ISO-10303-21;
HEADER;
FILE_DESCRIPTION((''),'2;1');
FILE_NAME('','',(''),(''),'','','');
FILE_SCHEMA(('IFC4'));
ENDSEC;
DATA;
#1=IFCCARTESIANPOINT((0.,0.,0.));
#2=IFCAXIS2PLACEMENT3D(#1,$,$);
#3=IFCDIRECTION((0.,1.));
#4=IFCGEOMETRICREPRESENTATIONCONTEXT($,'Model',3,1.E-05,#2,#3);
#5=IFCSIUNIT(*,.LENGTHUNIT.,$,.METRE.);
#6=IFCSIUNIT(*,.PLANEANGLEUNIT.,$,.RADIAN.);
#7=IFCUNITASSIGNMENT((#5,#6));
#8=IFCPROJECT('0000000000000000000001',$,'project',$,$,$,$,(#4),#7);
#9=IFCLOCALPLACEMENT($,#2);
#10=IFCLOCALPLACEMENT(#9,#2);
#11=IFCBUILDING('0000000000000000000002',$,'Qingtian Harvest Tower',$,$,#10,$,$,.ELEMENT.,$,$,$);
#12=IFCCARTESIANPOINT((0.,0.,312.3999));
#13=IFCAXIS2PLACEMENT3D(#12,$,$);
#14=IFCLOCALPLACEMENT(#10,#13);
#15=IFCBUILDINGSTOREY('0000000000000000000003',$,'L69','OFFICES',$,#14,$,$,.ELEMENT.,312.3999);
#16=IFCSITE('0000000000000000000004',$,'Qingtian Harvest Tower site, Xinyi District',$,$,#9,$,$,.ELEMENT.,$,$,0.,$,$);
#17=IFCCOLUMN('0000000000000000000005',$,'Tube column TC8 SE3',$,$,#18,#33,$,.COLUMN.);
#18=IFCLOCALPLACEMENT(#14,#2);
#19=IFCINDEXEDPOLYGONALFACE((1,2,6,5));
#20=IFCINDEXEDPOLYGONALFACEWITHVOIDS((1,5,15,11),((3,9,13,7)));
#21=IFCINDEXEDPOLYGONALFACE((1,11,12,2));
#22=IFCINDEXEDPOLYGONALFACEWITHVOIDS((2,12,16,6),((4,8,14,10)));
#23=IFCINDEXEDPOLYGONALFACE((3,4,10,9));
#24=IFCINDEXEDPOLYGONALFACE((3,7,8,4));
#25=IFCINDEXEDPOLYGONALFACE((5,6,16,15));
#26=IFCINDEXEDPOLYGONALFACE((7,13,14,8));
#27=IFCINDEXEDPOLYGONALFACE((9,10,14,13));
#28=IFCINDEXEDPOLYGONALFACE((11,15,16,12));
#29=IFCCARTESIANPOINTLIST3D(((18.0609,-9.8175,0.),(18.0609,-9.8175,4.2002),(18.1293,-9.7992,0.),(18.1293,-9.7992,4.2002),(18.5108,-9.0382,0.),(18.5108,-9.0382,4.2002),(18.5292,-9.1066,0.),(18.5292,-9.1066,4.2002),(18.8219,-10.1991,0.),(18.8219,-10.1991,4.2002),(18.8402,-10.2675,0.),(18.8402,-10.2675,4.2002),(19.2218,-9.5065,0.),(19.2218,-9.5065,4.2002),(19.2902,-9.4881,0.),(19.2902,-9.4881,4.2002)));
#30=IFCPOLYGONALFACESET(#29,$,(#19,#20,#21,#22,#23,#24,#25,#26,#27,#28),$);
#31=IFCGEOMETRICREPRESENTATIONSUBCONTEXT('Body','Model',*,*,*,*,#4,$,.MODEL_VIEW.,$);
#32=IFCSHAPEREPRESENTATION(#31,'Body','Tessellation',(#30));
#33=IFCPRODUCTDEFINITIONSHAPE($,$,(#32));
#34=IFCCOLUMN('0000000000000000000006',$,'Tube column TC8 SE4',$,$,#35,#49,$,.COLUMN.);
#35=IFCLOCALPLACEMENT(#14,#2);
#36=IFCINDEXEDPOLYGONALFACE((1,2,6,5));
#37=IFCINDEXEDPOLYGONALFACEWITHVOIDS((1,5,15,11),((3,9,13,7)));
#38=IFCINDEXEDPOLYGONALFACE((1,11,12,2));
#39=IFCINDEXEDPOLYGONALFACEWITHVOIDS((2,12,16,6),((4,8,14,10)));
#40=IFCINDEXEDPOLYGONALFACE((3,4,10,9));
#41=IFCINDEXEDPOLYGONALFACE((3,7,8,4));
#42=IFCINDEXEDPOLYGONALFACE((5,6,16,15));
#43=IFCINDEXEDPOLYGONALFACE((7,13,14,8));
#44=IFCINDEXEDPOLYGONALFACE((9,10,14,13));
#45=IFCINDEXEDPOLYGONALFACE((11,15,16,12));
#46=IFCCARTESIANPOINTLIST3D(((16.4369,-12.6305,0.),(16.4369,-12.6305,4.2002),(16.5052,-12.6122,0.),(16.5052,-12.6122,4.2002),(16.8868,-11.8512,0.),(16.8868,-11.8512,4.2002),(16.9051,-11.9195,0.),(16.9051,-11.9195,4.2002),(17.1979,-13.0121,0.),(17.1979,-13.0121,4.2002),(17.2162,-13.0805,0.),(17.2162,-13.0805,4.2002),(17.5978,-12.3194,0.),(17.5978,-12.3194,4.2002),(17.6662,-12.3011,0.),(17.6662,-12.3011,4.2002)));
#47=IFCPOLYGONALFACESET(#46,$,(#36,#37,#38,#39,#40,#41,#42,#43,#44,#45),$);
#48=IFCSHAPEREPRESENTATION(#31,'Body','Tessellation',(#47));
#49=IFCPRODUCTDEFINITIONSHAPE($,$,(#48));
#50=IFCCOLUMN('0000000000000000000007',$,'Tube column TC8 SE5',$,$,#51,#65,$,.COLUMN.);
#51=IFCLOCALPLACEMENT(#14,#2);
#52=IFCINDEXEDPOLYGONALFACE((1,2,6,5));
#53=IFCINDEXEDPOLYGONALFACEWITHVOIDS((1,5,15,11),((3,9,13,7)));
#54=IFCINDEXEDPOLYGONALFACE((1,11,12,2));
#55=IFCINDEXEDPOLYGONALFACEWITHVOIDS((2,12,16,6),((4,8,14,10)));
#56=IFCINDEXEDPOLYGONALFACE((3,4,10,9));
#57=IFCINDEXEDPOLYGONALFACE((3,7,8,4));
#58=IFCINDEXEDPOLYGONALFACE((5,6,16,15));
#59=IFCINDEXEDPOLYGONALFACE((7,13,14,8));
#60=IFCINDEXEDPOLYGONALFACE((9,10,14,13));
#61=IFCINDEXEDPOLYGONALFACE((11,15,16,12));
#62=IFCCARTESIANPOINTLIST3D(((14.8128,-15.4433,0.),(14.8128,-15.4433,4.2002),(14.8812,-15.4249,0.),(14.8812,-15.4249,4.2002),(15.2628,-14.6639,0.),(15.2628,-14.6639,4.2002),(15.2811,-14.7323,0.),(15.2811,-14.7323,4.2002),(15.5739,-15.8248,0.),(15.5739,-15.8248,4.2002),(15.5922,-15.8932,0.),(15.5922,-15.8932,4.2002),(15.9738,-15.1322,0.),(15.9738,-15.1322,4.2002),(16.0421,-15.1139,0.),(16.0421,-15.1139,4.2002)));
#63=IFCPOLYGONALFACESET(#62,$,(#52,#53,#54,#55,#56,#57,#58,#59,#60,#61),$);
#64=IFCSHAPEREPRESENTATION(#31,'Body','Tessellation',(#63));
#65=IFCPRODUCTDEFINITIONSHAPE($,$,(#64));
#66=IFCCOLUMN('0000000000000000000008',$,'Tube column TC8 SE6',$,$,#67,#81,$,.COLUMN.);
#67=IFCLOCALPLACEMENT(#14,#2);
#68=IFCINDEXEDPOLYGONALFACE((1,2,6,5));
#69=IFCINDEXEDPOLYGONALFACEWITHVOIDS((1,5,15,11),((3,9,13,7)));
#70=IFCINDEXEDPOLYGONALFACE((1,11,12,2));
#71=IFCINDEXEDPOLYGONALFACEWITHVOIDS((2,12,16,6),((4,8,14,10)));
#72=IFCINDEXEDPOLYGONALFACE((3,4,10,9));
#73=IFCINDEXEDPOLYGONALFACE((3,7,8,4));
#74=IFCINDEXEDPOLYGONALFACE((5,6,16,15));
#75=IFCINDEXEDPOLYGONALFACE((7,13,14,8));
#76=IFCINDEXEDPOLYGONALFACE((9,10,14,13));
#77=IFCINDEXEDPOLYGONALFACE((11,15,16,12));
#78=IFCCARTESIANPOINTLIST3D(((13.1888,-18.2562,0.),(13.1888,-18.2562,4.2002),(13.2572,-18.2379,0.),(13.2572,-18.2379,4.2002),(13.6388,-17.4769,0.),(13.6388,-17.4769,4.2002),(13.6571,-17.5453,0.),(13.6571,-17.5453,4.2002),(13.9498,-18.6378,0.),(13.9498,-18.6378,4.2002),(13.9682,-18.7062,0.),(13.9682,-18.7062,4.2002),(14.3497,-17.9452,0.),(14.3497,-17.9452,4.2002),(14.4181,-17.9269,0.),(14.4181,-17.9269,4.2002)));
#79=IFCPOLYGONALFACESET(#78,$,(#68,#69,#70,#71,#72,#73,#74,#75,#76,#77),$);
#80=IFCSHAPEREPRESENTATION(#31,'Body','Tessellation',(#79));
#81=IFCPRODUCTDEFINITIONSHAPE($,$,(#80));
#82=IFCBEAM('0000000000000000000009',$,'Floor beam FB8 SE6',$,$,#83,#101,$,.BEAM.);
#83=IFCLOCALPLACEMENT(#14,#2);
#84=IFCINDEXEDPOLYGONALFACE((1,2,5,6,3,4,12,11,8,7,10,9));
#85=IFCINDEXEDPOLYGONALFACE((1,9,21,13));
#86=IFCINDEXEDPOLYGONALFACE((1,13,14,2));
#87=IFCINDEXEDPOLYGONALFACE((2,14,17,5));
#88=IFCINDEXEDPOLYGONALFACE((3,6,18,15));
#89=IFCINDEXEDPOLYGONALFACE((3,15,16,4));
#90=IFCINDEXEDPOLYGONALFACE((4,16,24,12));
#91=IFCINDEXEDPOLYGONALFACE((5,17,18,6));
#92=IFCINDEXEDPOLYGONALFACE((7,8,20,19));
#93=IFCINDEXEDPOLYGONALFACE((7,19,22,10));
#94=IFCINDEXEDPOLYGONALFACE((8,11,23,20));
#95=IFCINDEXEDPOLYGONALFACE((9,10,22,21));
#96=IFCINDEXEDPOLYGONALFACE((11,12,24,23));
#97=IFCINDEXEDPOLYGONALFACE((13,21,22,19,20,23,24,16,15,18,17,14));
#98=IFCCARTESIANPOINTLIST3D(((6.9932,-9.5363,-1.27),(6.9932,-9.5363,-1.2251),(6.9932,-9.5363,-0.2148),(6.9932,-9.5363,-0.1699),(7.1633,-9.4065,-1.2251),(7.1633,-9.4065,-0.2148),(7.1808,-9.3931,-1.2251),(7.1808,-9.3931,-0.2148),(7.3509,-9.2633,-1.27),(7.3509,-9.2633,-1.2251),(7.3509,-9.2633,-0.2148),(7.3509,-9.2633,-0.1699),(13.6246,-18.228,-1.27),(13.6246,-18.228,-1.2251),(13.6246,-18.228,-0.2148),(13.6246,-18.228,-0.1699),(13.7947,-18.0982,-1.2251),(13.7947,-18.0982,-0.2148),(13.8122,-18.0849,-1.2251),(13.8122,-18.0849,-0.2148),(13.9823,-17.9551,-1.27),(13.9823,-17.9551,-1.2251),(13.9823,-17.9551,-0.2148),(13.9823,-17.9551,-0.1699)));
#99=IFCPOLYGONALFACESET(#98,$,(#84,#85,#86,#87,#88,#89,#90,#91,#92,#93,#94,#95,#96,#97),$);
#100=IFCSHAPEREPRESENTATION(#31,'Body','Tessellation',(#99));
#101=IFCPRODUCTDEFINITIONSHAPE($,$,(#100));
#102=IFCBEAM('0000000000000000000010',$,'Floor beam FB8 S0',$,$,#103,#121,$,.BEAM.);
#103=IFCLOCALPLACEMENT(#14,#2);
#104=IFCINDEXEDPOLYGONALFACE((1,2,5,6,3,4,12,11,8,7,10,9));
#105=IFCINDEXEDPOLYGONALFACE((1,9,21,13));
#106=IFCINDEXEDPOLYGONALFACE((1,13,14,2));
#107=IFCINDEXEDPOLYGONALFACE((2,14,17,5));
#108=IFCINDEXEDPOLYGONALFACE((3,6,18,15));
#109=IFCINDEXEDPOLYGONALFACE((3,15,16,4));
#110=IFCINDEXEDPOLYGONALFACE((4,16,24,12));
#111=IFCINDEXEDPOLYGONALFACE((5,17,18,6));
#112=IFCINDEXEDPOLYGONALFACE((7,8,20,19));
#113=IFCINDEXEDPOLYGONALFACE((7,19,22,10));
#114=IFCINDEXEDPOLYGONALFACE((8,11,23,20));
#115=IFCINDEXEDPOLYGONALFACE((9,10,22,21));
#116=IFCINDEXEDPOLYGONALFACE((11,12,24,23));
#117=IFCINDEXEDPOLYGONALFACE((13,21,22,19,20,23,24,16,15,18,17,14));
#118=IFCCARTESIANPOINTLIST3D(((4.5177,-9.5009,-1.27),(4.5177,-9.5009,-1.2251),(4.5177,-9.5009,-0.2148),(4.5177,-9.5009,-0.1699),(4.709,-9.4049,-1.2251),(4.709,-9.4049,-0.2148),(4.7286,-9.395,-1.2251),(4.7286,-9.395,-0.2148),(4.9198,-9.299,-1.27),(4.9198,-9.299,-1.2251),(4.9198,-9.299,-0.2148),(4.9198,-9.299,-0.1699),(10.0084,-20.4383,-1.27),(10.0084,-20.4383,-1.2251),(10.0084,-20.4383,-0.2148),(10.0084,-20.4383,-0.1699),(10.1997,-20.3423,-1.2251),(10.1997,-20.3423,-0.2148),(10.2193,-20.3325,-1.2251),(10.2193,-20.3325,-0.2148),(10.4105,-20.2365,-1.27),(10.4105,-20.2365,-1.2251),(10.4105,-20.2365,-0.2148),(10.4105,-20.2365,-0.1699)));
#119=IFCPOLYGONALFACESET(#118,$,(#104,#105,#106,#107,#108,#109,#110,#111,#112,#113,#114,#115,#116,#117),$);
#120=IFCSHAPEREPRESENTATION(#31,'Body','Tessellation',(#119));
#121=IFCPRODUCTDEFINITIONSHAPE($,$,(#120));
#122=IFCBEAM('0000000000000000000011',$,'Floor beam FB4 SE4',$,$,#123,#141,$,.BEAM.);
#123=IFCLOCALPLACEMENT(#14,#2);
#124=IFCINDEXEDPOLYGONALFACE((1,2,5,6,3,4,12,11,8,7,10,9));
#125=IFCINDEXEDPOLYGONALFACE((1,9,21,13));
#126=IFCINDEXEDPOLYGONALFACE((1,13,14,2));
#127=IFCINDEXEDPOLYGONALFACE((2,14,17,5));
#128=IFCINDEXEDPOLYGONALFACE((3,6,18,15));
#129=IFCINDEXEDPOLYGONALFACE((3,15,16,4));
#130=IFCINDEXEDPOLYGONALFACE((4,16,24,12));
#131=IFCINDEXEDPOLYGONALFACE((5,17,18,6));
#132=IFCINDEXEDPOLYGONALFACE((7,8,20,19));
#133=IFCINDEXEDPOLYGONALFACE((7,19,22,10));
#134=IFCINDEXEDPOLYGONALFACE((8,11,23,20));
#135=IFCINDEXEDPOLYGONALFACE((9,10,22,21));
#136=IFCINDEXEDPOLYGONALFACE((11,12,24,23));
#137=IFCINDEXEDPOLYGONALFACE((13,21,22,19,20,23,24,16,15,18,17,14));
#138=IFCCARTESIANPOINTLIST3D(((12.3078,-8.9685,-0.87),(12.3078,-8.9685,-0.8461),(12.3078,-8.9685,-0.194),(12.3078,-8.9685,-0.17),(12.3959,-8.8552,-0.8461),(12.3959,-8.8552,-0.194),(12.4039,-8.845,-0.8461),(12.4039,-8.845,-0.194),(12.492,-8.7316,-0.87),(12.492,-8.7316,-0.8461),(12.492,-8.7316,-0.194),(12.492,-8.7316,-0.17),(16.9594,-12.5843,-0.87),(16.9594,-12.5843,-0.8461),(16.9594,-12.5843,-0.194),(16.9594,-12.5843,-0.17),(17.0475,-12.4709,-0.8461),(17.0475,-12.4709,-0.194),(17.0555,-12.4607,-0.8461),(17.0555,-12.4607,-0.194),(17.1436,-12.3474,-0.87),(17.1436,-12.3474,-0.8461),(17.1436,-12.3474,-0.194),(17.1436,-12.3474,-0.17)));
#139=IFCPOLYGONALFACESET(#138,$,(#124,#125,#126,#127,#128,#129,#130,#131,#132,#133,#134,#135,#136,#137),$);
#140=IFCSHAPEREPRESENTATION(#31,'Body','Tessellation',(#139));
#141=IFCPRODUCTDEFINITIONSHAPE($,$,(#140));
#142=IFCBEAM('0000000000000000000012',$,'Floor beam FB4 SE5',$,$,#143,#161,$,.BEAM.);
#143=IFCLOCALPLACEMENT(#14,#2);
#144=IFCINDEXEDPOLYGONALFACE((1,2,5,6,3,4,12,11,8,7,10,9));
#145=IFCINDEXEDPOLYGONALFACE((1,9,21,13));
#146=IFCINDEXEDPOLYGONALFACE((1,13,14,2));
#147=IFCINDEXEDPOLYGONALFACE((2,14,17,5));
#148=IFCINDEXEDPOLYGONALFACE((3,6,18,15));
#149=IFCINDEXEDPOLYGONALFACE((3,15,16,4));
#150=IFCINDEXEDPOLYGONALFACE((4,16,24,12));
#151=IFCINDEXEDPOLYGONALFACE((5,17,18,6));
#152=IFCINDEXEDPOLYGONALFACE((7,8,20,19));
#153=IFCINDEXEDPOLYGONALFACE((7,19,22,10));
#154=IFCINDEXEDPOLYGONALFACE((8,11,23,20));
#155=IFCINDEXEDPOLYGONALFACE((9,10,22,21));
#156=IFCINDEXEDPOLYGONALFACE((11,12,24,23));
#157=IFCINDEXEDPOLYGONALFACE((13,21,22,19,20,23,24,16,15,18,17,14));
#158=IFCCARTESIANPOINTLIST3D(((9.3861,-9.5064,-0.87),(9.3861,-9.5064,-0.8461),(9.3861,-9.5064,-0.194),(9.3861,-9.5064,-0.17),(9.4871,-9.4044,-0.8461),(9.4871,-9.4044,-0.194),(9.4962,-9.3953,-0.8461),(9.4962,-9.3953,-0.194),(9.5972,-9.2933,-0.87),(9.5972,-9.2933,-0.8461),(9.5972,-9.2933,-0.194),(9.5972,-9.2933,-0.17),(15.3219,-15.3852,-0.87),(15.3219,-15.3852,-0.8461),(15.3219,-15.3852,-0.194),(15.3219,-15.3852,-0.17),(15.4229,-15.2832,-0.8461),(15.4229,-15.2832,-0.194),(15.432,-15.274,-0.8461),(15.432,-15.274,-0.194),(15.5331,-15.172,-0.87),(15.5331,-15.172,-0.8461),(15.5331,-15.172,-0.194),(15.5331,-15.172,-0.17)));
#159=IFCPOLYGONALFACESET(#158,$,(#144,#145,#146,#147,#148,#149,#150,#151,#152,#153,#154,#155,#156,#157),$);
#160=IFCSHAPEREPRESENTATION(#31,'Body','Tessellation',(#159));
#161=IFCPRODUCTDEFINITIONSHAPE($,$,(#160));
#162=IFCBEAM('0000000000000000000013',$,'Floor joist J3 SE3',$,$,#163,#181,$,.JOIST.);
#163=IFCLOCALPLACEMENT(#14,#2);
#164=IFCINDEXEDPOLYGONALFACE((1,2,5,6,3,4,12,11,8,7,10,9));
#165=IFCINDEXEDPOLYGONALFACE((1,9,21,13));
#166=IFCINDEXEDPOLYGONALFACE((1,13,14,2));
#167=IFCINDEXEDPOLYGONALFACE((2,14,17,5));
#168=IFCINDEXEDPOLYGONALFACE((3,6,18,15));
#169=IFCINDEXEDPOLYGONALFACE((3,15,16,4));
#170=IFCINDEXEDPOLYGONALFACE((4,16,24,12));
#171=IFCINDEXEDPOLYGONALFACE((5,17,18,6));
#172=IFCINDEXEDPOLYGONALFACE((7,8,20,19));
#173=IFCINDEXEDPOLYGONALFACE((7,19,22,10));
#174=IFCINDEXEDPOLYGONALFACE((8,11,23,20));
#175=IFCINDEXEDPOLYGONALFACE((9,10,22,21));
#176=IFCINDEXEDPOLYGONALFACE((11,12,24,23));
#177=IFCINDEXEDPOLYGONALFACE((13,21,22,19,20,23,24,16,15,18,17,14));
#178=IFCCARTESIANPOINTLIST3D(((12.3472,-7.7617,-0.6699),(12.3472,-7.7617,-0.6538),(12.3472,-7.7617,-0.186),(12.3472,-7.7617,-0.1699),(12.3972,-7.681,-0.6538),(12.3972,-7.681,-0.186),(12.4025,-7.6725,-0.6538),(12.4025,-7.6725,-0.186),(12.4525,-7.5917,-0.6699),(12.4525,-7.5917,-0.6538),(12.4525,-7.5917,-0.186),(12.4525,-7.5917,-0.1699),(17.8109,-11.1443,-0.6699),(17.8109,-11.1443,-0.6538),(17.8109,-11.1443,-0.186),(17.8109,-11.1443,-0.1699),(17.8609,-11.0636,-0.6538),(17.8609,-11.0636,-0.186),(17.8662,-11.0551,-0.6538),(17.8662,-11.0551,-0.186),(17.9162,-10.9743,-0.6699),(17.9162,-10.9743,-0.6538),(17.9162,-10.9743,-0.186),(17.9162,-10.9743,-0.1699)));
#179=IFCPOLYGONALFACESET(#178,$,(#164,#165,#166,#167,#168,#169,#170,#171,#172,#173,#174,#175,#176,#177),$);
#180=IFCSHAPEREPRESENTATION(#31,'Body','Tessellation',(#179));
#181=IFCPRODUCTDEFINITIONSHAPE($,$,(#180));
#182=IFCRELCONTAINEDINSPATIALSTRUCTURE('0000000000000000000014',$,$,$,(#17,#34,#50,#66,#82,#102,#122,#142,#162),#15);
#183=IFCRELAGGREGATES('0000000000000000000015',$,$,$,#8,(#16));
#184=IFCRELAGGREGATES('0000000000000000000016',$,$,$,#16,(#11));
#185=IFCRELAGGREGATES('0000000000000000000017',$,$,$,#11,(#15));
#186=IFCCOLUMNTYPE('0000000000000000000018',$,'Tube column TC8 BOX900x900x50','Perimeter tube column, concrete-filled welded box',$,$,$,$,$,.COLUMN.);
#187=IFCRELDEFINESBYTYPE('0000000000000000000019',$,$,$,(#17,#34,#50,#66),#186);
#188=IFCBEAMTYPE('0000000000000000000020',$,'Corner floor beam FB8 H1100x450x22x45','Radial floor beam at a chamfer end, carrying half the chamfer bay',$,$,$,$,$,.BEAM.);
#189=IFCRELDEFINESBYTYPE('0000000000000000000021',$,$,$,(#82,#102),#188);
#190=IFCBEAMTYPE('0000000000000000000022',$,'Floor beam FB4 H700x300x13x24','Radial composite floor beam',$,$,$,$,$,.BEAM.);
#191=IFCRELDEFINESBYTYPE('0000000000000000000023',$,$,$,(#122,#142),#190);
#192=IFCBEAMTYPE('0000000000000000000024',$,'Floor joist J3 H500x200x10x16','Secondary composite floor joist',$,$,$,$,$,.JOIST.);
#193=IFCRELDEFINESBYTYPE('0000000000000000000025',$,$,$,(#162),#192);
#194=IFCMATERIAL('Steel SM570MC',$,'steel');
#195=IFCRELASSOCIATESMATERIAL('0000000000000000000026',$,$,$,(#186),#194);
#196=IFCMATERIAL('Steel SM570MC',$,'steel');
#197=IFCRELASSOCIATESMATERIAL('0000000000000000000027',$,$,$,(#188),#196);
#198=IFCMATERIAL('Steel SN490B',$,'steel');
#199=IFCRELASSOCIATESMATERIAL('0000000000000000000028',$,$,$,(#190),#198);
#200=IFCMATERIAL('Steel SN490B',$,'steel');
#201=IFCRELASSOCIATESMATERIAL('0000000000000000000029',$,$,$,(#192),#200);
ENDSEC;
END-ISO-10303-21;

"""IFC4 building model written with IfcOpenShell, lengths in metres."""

from ifc_helpers import new_model, si_unit, direction, frame, origin, origin_2d, place, context, subcontext, project, spatial, hollow_rectangle, i_section, extrude, material, material_profile, profile_set, type_object, element, save


model = new_model("IFC4")

# Units and contexts
model_context = context("Model", 3, precision=1e-05, world=origin(), true_north=direction((0.0, 1.0)))
body_context = subcontext(model_context, "Body", "Model", "MODEL_VIEW")
ifc_project = project(units=[si_unit("LENGTHUNIT", "METRE"), si_unit("PLANEANGLEUNIT", "RADIAN")], contexts=[model_context])

# Site, building, storey
site_placement = place(None, origin())
site = spatial("IfcSite", under=ifc_project, at=site_placement, Name="Qingtian Harvest Tower site, Xinyi District", CompositionType="ELEMENT", RefElevation=0.0)
building_placement = place(site_placement, origin())
building = spatial("IfcBuilding", under=site, at=building_placement, Name="Qingtian Harvest Tower", CompositionType="ELEMENT")
storey_placement = place(building_placement, frame((0.0, 0.0, 312.3999)))
storey = spatial("IfcBuildingStorey", under=building, at=storey_placement, Name="L69", Description="OFFICES", CompositionType="ELEMENT", Elevation=312.3999)

# Columns
ifc_material_1 = material(Name="Steel SM570MC", Category="steel")
ifc_material_profile_1 = material_profile(ifc_material_1, hollow_rectangle(XDim=0.8999, YDim=0.8999, WallThickness=0.05, at=origin_2d()), Name="BOX900x900x50")
ifc_profile_set_1 = profile_set([ifc_material_profile_1], Name="Steel SM570MC")
column_type = type_object("IfcColumnType", Name="Tube column TC8 BOX900x900x50", Description="Perimeter tube column, concrete-filled welded box", PredefinedType="COLUMN", material=ifc_profile_set_1)
for number, where, z_axis, x_axis, name in (
    (1, (18.6755, -9.6528, 0.0), (0.0, 0.0, 1.0), (0.5, 0.866025, 0.0), "Tube column TC8 SE3"),
    (2, (17.0515, -12.4658, 0.0), (0.0, 0.0, 1.0), (0.5, 0.866025, 0.0), "Tube column TC8 SE4"),
    (3, (15.4275, -15.2786, 0.0), (0.0, 0.0, 1.0), (0.5, 0.866025, 0.0), "Tube column TC8 SE5"),
    (4, (13.8035, -18.0916, 0.0), (0.0, 0.0, 1.0), (0.5, 0.866025, 0.0), "Tube column TC8 SE6"),
):
    element("IfcColumn", number, at=place(storey_placement, frame(where, z_axis=z_axis, x_axis=x_axis)), inside=storey, type_object=column_type, Name=name, PredefinedType="COLUMN", context=body_context, shape_type="SweptSolid", body=[
        extrude(hollow_rectangle(XDim=0.8999, YDim=0.8999, WallThickness=0.05, at=origin_2d()), origin(), (0.0, 0.0, 1.0), 4.2002),
    ])

# Beams
ifc_material_2 = material(Name="Steel SM570MC", Category="steel")
ifc_material_profile_2 = material_profile(ifc_material_2, i_section(OverallWidth=0.45, OverallDepth=1.1001, WebThickness=0.022, FlangeThickness=0.0449, at=origin_2d()), Name="H1100x450x22x45")
ifc_profile_set_2 = profile_set([ifc_material_profile_2], Name="Steel SM570MC")
beam_type_1 = type_object("IfcBeamType", Name="Corner floor beam FB8 H1100x450x22x45", Description="Radial floor beam at a chamfer end, carrying half the chamfer bay", PredefinedType="BEAM", material=ifc_profile_set_2)
beam_1_placement = place(storey_placement, frame((13.8035, -18.0916, -0.72), z_axis=(-0.606572, 0.795029, 0.0), x_axis=(-0.795029, -0.606572, 0.0)))
element("IfcBeam", 5, at=beam_1_placement, inside=storey, type_object=beam_type_1, Name="Floor beam FB8 SE6", PredefinedType="BEAM", context=body_context, shape_type="SweptSolid", body=[
    extrude(i_section(OverallWidth=0.45, OverallDepth=1.1001, WebThickness=0.022, FlangeThickness=0.0449, at=origin_2d()), origin(), (0.0, 0.0, 1.0), 10.9326),
])
beam_2_placement = place(storey_placement, frame((10.2095, -20.3374, -0.72), z_axis=(-0.448649, 0.893708, 0.0), x_axis=(-0.893708, -0.448649, 0.0)))
element("IfcBeam", 6, at=beam_2_placement, inside=storey, type_object=beam_type_1, Name="Floor beam FB8 S0", PredefinedType="BEAM", context=body_context, shape_type="SweptSolid", body=[
    extrude(i_section(OverallWidth=0.45, OverallDepth=1.1001, WebThickness=0.022, FlangeThickness=0.0449, at=origin_2d()), origin(), (0.0, 0.0, 1.0), 12.2383),
])
ifc_material_3 = material(Name="Steel SN490B", Category="steel")
ifc_material_profile_3 = material_profile(ifc_material_3, i_section(OverallWidth=0.3, OverallDepth=0.7, WebThickness=0.0129, FlangeThickness=0.0239, at=origin_2d()), Name="H700x300x13x24")
ifc_profile_set_3 = profile_set([ifc_material_profile_3], Name="Steel SN490B")
beam_type_2 = type_object("IfcBeamType", Name="Floor beam FB4 H700x300x13x24", Description="Radial composite floor beam", PredefinedType="BEAM", material=ifc_profile_set_3)
beam_3_placement = place(storey_placement, frame((17.0515, -12.4658, -0.52), z_axis=(-0.789533, 0.613708, 0.0), x_axis=(-0.613708, -0.789533, 0.0)))
element("IfcBeam", 7, at=beam_3_placement, inside=storey, type_object=beam_type_2, Name="Floor beam FB4 SE4", PredefinedType="BEAM", context=body_context, shape_type="SweptSolid", body=[
    extrude(i_section(OverallWidth=0.3, OverallDepth=0.7, WebThickness=0.0129, FlangeThickness=0.0239, at=origin_2d()), origin(), (0.0, 0.0, 1.0), 5.8916),
])
beam_4_placement = place(storey_placement, frame((15.4275, -15.2786, -0.52), z_axis=(-0.710518, 0.703679, 0.0), x_axis=(-0.703679, -0.710518, 0.0)))
element("IfcBeam", 8, at=beam_4_placement, inside=storey, type_object=beam_type_2, Name="Floor beam FB4 SE5", PredefinedType="BEAM", context=body_context, shape_type="SweptSolid", body=[
    extrude(i_section(OverallWidth=0.3, OverallDepth=0.7, WebThickness=0.0129, FlangeThickness=0.0239, at=origin_2d()), origin(), (0.0, 0.0, 1.0), 8.3542),
])
ifc_material_4 = material(Name="Steel SN490B", Category="steel")
ifc_material_profile_4 = material_profile(ifc_material_4, i_section(OverallWidth=0.2, OverallDepth=0.5, WebThickness=0.01, FlangeThickness=0.0161, at=origin_2d()), Name="H500x200x10x16")
ifc_profile_set_4 = profile_set([ifc_material_profile_4], Name="Steel SN490B")
beam_type_3 = type_object("IfcBeamType", Name="Floor joist J3 H500x200x10x16", Description="Secondary composite floor joist", PredefinedType="JOIST", material=ifc_profile_set_4)
beam_5_placement = place(storey_placement, frame((17.8635, -11.0593, -0.4199), z_axis=(-0.850242, 0.526391, 0.0), x_axis=(-0.526391, -0.850242, 0.0)))
element("IfcBeam", 9, at=beam_5_placement, inside=storey, type_object=beam_type_3, Name="Floor joist J3 SE3", PredefinedType="JOIST", context=body_context, shape_type="SweptSolid", body=[
    extrude(i_section(OverallWidth=0.2, OverallDepth=0.5, WebThickness=0.01, FlangeThickness=0.0161, at=origin_2d()), origin(), (0.0, 0.0, 1.0), 6.426),
])

save(model, "model.ifc")
